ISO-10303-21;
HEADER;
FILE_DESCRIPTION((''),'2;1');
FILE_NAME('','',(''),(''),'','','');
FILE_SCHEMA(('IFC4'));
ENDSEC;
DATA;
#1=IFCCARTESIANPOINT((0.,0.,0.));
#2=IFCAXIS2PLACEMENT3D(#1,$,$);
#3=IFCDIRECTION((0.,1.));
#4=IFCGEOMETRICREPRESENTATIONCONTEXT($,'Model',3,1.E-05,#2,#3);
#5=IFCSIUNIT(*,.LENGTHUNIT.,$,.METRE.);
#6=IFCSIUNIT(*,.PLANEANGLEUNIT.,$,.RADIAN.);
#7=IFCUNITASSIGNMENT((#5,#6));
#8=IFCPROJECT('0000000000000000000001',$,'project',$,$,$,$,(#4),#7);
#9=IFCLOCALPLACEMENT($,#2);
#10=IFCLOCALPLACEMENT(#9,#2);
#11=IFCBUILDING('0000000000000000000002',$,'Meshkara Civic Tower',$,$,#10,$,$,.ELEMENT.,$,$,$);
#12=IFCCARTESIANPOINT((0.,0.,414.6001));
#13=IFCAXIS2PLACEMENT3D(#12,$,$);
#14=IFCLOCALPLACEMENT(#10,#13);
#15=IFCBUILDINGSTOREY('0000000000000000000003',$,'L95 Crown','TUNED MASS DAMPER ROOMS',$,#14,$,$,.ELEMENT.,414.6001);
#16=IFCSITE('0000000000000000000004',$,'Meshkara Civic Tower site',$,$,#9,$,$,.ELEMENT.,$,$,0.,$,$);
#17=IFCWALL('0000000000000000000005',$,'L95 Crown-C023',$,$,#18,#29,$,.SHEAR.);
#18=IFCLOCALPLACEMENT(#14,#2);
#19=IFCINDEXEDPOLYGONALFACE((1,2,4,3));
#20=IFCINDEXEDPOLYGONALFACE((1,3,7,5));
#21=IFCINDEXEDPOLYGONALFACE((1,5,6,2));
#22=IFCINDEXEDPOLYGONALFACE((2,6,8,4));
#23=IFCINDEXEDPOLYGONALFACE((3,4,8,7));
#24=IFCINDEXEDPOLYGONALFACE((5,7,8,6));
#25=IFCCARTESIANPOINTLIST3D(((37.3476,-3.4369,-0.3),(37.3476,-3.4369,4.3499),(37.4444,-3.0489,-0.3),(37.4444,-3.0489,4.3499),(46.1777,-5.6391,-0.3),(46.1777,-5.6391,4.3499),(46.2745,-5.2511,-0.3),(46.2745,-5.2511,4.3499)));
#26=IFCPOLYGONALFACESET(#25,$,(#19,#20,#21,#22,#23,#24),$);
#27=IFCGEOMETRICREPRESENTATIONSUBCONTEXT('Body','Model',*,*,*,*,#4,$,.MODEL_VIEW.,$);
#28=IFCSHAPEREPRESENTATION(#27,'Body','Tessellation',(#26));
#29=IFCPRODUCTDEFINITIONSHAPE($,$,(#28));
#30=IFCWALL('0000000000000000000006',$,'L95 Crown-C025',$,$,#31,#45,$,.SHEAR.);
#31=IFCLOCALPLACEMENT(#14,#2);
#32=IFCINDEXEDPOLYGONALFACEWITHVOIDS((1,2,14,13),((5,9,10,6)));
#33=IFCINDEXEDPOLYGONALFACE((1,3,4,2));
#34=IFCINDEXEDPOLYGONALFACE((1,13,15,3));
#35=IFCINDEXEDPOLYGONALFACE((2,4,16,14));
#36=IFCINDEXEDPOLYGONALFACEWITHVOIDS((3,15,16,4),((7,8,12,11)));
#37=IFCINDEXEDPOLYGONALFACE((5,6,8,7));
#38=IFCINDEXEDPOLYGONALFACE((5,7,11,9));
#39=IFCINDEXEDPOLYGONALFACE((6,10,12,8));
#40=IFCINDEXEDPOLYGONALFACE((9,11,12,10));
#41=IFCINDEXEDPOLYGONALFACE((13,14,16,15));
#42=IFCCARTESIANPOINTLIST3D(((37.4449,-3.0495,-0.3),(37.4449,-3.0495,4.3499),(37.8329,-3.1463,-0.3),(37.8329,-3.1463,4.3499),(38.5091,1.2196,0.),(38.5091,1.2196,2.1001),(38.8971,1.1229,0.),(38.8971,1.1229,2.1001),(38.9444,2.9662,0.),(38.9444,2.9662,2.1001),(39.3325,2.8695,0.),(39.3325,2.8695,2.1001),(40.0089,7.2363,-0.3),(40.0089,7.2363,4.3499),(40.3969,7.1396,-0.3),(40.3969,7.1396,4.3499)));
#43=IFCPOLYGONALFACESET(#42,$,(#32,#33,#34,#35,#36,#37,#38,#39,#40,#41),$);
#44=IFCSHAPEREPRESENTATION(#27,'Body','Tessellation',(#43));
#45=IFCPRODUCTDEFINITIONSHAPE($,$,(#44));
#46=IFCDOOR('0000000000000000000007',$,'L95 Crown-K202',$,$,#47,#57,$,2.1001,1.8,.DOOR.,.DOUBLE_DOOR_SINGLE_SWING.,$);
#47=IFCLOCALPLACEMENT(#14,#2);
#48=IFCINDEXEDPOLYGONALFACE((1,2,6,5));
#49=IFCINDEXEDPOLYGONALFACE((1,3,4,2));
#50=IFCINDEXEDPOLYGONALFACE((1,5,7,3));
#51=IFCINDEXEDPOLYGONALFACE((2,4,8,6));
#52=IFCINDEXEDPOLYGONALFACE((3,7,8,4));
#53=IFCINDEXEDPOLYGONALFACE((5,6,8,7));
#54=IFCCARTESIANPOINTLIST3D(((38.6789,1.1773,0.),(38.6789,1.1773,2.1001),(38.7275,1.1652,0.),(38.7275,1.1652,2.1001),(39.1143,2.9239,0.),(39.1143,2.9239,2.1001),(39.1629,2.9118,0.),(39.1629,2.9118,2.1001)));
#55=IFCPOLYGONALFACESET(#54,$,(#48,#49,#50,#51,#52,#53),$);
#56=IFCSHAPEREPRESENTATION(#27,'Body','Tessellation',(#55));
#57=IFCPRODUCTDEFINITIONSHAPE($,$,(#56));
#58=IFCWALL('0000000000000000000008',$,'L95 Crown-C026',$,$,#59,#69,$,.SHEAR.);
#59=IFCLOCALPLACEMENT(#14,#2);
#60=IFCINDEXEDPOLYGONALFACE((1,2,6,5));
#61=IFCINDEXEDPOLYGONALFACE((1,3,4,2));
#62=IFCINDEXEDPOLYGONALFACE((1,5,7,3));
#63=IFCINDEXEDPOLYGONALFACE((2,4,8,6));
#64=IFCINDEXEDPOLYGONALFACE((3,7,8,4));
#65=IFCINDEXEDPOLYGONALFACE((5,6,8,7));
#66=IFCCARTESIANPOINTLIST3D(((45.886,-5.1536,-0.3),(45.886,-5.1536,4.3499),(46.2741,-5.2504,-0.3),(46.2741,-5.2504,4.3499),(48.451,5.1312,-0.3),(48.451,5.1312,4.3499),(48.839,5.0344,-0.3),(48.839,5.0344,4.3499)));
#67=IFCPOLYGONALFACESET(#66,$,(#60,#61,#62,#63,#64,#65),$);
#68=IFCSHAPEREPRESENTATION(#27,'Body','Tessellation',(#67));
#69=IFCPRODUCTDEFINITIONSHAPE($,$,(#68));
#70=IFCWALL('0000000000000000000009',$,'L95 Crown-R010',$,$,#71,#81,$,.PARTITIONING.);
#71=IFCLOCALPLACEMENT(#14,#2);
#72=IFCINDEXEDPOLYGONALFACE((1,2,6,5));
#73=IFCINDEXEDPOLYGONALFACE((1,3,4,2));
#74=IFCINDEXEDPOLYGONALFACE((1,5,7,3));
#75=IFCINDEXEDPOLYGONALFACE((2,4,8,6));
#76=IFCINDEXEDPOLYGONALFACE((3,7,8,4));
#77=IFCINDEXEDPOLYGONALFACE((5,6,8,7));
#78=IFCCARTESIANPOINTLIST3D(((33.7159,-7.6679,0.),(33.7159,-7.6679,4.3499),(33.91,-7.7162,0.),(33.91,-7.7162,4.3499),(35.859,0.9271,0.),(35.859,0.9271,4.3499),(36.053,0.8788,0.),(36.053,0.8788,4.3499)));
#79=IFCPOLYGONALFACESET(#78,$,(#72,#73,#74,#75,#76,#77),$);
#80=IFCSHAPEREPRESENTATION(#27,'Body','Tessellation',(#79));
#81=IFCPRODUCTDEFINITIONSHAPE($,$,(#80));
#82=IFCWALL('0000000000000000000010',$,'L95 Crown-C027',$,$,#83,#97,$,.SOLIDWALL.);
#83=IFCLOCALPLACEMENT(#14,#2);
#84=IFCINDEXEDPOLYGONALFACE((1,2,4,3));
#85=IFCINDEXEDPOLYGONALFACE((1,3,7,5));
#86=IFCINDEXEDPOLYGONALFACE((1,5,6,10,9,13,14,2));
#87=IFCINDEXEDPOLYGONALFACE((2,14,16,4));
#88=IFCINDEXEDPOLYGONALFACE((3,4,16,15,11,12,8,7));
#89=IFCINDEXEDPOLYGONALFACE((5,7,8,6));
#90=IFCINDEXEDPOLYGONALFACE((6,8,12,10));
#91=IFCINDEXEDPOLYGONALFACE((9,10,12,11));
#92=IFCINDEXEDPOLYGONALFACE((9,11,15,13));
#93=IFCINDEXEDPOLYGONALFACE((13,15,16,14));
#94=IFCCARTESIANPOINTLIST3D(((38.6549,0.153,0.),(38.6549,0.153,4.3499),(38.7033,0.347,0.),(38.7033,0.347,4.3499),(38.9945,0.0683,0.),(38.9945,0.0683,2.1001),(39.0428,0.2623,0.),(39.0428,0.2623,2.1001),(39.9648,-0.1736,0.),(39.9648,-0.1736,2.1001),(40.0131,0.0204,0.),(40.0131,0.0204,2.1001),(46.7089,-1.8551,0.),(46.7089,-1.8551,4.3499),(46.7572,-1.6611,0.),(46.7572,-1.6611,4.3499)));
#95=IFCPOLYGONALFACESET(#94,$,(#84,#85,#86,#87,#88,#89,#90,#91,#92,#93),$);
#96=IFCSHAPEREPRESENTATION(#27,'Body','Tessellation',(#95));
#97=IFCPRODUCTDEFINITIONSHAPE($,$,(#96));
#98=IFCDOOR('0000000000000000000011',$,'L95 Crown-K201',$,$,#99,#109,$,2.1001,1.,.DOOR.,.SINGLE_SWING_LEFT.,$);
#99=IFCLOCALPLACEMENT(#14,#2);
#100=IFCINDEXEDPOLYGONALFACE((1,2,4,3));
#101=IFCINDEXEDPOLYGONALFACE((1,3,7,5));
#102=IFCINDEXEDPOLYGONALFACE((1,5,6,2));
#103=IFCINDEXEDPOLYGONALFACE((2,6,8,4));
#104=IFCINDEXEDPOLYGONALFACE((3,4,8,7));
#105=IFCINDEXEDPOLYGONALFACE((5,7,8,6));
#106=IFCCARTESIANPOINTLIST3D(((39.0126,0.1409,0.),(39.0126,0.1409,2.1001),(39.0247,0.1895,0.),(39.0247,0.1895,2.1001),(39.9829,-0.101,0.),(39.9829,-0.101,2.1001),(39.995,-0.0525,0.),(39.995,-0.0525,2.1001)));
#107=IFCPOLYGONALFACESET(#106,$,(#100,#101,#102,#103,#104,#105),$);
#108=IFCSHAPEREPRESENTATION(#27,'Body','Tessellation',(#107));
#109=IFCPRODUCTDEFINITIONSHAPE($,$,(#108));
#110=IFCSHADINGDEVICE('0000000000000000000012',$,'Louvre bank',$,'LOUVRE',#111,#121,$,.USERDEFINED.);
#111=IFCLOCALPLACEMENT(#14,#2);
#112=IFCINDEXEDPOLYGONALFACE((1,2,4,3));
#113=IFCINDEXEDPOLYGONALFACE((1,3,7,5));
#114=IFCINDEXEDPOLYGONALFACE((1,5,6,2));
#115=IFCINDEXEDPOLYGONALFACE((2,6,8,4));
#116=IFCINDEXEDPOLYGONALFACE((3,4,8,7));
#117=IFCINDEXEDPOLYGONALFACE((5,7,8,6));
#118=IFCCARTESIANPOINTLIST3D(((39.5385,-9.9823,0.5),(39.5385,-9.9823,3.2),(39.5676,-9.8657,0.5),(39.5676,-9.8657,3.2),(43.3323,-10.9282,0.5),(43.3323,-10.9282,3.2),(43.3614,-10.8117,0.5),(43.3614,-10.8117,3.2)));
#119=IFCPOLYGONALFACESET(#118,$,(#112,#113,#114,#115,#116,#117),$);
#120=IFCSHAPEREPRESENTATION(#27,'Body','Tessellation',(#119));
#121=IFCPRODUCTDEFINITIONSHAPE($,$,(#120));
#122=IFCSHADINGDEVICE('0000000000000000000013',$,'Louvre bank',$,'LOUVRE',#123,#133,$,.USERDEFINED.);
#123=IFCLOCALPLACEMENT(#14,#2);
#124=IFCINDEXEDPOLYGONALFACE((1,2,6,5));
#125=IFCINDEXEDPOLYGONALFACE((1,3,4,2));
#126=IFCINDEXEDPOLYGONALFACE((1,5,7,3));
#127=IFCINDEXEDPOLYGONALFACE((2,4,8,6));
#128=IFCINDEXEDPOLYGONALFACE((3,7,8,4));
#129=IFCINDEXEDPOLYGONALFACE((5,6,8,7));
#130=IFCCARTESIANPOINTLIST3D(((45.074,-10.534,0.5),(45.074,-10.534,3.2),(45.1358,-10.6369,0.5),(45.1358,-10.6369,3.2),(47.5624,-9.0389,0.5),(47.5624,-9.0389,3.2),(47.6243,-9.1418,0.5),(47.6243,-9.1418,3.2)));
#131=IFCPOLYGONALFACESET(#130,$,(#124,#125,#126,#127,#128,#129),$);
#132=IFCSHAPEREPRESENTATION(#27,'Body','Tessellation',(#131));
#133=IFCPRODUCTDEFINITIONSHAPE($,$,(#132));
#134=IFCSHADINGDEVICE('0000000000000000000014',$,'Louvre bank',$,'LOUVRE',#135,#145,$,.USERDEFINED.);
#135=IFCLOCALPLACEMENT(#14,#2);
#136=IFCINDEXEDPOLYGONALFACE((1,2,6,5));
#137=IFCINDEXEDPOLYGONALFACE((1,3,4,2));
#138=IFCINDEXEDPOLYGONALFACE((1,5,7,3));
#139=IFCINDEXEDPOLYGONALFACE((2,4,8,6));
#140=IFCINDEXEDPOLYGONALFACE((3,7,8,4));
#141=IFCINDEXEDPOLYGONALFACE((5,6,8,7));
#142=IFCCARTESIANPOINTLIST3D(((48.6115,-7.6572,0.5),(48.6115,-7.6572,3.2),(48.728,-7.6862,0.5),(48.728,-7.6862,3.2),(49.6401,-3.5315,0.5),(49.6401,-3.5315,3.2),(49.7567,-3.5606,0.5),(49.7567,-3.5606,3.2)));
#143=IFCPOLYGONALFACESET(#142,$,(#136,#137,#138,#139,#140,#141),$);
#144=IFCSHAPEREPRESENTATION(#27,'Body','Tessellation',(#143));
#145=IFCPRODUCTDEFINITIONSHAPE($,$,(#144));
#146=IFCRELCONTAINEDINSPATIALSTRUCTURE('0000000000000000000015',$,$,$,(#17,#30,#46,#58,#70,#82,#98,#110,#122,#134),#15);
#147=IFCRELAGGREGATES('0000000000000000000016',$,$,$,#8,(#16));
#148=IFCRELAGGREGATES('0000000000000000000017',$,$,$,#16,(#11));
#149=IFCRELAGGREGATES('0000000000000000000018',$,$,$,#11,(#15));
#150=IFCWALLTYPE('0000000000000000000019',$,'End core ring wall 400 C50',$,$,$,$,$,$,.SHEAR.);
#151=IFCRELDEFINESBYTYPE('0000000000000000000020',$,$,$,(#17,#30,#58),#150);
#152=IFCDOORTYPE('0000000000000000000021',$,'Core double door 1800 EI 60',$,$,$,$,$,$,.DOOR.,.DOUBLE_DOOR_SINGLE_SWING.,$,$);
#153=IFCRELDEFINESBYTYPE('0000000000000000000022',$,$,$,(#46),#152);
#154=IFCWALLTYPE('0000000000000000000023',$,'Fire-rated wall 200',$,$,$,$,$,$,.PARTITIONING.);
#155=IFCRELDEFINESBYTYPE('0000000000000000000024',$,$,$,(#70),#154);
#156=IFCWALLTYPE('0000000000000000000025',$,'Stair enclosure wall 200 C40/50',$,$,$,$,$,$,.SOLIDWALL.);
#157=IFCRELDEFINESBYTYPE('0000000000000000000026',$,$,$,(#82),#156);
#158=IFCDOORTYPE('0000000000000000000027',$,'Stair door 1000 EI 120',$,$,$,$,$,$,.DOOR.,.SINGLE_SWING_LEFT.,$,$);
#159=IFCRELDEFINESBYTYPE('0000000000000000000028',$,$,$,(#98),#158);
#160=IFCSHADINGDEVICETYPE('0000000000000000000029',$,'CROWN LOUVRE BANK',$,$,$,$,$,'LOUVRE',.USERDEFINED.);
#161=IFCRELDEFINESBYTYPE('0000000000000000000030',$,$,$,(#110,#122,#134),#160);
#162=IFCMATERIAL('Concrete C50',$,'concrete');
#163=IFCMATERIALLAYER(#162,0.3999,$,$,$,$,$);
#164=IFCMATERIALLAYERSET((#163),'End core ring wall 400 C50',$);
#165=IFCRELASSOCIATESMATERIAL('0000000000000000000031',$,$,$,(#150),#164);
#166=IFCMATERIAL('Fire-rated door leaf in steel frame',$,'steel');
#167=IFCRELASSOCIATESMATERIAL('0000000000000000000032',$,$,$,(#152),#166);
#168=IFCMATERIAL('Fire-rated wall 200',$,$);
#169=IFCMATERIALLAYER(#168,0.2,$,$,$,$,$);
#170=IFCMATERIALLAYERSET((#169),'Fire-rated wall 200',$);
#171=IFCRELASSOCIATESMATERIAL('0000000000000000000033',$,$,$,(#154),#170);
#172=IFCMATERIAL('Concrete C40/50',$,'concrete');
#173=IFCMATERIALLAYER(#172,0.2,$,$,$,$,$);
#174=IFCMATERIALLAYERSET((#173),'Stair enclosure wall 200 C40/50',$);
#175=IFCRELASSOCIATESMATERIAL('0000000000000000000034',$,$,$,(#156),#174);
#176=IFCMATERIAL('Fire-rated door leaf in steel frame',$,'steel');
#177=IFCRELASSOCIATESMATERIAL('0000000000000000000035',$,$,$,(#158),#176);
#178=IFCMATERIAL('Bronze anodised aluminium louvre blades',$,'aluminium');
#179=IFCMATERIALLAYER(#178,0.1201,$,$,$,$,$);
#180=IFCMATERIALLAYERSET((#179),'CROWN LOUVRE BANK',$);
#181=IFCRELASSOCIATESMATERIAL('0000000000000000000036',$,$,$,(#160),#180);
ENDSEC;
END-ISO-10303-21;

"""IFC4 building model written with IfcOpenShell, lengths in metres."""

from ifc_helpers import new_model, si_unit, direction, frame, frame_2d, origin, origin_2d, place, context, subcontext, project, spatial, rectangle, extrude, material, layer, layer_set, type_object, element, fill, save


model = new_model("IFC4")

# Units and contexts
model_context = context("Model", 3, precision=1e-05, world=origin(), true_north=direction((0.0, 1.0)))
body_context = subcontext(model_context, "Body", "Model", "MODEL_VIEW")
ifc_project = project(units=[si_unit("LENGTHUNIT", "METRE"), si_unit("PLANEANGLEUNIT", "RADIAN")], contexts=[model_context])

# Site, building, storey
site_placement = place(None, origin())
site = spatial("IfcSite", under=ifc_project, at=site_placement, Name="Meshkara Civic Tower site", CompositionType="ELEMENT", RefElevation=0.0)
building_placement = place(site_placement, origin())
building = spatial("IfcBuilding", under=site, at=building_placement, Name="Meshkara Civic Tower", CompositionType="ELEMENT")
storey_placement = place(building_placement, frame((0.0, 0.0, 414.6001)))
storey = spatial("IfcBuildingStorey", under=building, at=storey_placement, Name="L95 Crown", Description="TUNED MASS DAMPER ROOMS", CompositionType="ELEMENT", Elevation=414.6001)

# Wall
ifc_material_1 = material(Name="Concrete C50", Category="concrete")
ifc_layer_1 = layer(ifc_material_1, 0.3999)
ifc_layer_set_1 = layer_set([ifc_layer_1], Name="End core ring wall 400 C50")
wall_type_1 = type_object("IfcWallType", Name="End core ring wall 400 C50", PredefinedType="SHEAR", material=ifc_layer_set_1)
wall_1_placement = place(storey_placement, frame((37.396, -3.2429, -0.3), z_axis=(0.0, 0.0, 1.0), x_axis=(0.970281, -0.24198, 0.0)))
element("IfcWall", 1, at=wall_1_placement, inside=storey, type_object=wall_type_1, Name="L95 Crown-C023", PredefinedType="SHEAR", context=body_context, shape_type="SweptSolid", body=[
    extrude(rectangle(XDim=9.1006, YDim=0.3999, at=frame_2d((4.5503, 0.0))), origin(), (0.0, 0.0, 1.0), 4.6499),
])

# Wall, opening, door
wall_2_placement = place(storey_placement, frame((37.6389, -3.0979, -0.3), z_axis=(0.0, 0.0, 1.0), x_axis=(0.241869, 0.970309, 0.0)))
wall_2 = element("IfcWall", 2, at=wall_2_placement, inside=storey, type_object=wall_type_1, Name="L95 Crown-C025", PredefinedType="SHEAR", context=body_context, shape_type="SweptSolid", body=[
    extrude(rectangle(XDim=10.6006, YDim=0.3999, at=frame_2d((5.3003, 0.0))), origin(), (0.0, 0.0, 1.0), 4.6499),
])
opening_1_placement = place(wall_2_placement, frame((4.3999, 0.0, 0.3)))
opening_1 = element("IfcOpeningElement", 3, at=opening_1_placement, cuts=wall_2, PredefinedType="OPENING", context=body_context, shape_type="SweptSolid", body=[
    extrude(rectangle(XDim=1.8, YDim=2.1001, at=frame_2d((0.8999, 1.05))), frame((0.0, 0.21, 0.0), z_axis=(0.0, -1.0, 0.0), x_axis=(1.0, 0.0, 0.0)), (0.0, 0.0, 1.0), 0.4199),
])
ifc_material_2 = material(Name="Fire-rated door leaf in steel frame", Category="steel")
door_type_1 = type_object("IfcDoorType", Name="Core double door 1800 EI 60", OperationType="DOUBLE_DOOR_SINGLE_SWING", PredefinedType="DOOR", material=ifc_material_2)
door_1_placement = place(opening_1_placement, origin())
door_1 = element("IfcDoor", 4, at=door_1_placement, inside=storey, type_object=door_type_1, Name="L95 Crown-K202", OperationType="DOUBLE_DOOR_SINGLE_SWING", OverallHeight=2.1001, OverallWidth=1.8, PredefinedType="DOOR", context=body_context, shape_type="SweptSolid", body=[
    extrude(rectangle(XDim=1.8, YDim=2.1001, at=frame_2d((0.8999, 1.05))), frame((0.0, 0.0249, 0.0), z_axis=(0.0, -1.0, 0.0), x_axis=(1.0, 0.0, 0.0)), (0.0, 0.0, 1.0), 0.05),
])
fill(opening_1, door_1)

# Walls
wall_3_placement = place(storey_placement, frame((46.0801, -5.2019, -0.3), z_axis=(0.0, 0.0, 1.0), x_axis=(0.241977, 0.970282, 0.0)))
element("IfcWall", 5, at=wall_3_placement, inside=storey, type_object=wall_type_1, Name="L95 Crown-C026", PredefinedType="SHEAR", context=body_context, shape_type="SweptSolid", body=[
    extrude(rectangle(XDim=10.5999, YDim=0.3999, at=frame_2d((5.2998, 0.0))), origin(), (0.0, 0.0, 1.0), 4.6499),
])
ifc_material_3 = material(Name="Fire-rated wall 200")
ifc_layer_2 = layer(ifc_material_3, 0.2)
ifc_layer_set_2 = layer_set([ifc_layer_2], Name="Fire-rated wall 200")
wall_type_2 = type_object("IfcWallType", Name="Fire-rated wall 200", PredefinedType="PARTITIONING", material=ifc_layer_set_2)
wall_4_placement = place(storey_placement, frame((35.9561, 0.9031, 0.0), z_axis=(0.0, 0.0, 1.0), x_axis=(-0.241932, -0.970293, 0.0)))
element("IfcWall", 6, at=wall_4_placement, inside=storey, type_object=wall_type_2, Name="L95 Crown-R010", PredefinedType="PARTITIONING", context=body_context, shape_type="SweptSolid", body=[
    extrude(rectangle(XDim=8.8582, YDim=0.2, at=frame_2d((4.4292, 0.0))), origin(), (0.0, 0.0, 1.0), 4.3499),
])

# Wall, opening, door
ifc_material_4 = material(Name="Concrete C40/50", Category="concrete")
ifc_layer_3 = layer(ifc_material_4, 0.2)
ifc_layer_set_3 = layer_set([ifc_layer_3], Name="Stair enclosure wall 200 C40/50")
wall_type_3 = type_object("IfcWallType", Name="Stair enclosure wall 200 C40/50", PredefinedType="SOLIDWALL", material=ifc_layer_set_3)
wall_5_placement = place(storey_placement, frame((38.679, 0.25, 0.0), z_axis=(0.0, 0.0, 1.0), x_axis=(0.970296, -0.24192, 0.0)))
wall_5 = element("IfcWall", 7, at=wall_5_placement, inside=storey, type_object=wall_type_3, Name="L95 Crown-C027", PredefinedType="SOLIDWALL", context=body_context, shape_type="SweptSolid", body=[
    extrude(rectangle(XDim=8.3005, YDim=0.2, at=frame_2d((4.1504, 0.0))), origin(), (0.0, 0.0, 1.0), 4.3499),
])
opening_2_placement = place(wall_5_placement, frame((0.3501, 0.0, 0.0)))
opening_2 = element("IfcOpeningElement", 8, at=opening_2_placement, cuts=wall_5, PredefinedType="OPENING", context=body_context, shape_type="SweptSolid", body=[
    extrude(rectangle(XDim=1.0, YDim=2.1001, at=frame_2d((0.5, 1.05))), frame((0.0, 0.1099, 0.0), z_axis=(0.0, -1.0, 0.0), x_axis=(1.0, 0.0, 0.0)), (0.0, 0.0, 1.0), 0.22),
])
ifc_material_5 = material(Name="Fire-rated door leaf in steel frame", Category="steel")
door_type_2 = type_object("IfcDoorType", Name="Stair door 1000 EI 120", OperationType="SINGLE_SWING_LEFT", PredefinedType="DOOR", material=ifc_material_5)
door_2_placement = place(opening_2_placement, origin())
door_2 = element("IfcDoor", 9, at=door_2_placement, inside=storey, type_object=door_type_2, Name="L95 Crown-K201", OperationType="SINGLE_SWING_LEFT", OverallHeight=2.1001, OverallWidth=1.0, PredefinedType="DOOR", context=body_context, shape_type="SweptSolid", body=[
    extrude(rectangle(XDim=1.0, YDim=2.1001, at=frame_2d((0.5, 1.05))), frame((0.0, 0.0249, 0.0), z_axis=(0.0, -1.0, 0.0), x_axis=(1.0, 0.0, 0.0)), (0.0, 0.0, 1.0), 0.05),
])
fill(opening_2, door_2)

# Shading devices
ifc_material_6 = material(Name="Bronze anodised aluminium louvre blades", Category="aluminium")
ifc_layer_4 = layer(ifc_material_6, 0.1201)
ifc_layer_set_4 = layer_set([ifc_layer_4], Name="CROWN LOUVRE BANK")
shading_device_type = type_object("IfcShadingDeviceType", Name="CROWN LOUVRE BANK", ElementType="LOUVRE", PredefinedType="USERDEFINED", material=ifc_layer_set_4)
shading_device_1_placement = place(storey_placement, frame((41.45, -10.397, 0.5), z_axis=(0.0, 0.0, 1.0), x_axis=(0.970292, -0.241939, 0.0)))
element("IfcShadingDevice", 10, at=shading_device_1_placement, inside=storey, type_object=shading_device_type, Name="Louvre bank", ObjectType="LOUVRE", PredefinedType="USERDEFINED", context=body_context, shape_type="SweptSolid", body=[
    extrude(rectangle(XDim=3.9099, YDim=0.1201, at=origin_2d()), origin(), (0.0, 0.0, 1.0), 2.7),
])
shading_device_2_placement = place(storey_placement, frame((46.3491, -9.8379, 0.5), z_axis=(0.0, 0.0, 1.0), x_axis=(0.857185, 0.515008, 0.0)))
element("IfcShadingDevice", 11, at=shading_device_2_placement, inside=storey, type_object=shading_device_type, Name="Louvre bank", ObjectType="LOUVRE", PredefinedType="USERDEFINED", context=body_context, shape_type="SweptSolid", body=[
    extrude(rectangle(XDim=2.9031, YDim=0.1201, at=origin_2d()), origin(), (0.0, 0.0, 1.0), 2.7),
])
shading_device_3_placement = place(storey_placement, frame((49.1841, -5.6089, 0.5), z_axis=(0.0, 0.0, 1.0), x_axis=(0.241922, 0.970296, 0.0)))
element("IfcShadingDevice", 12, at=shading_device_3_placement, inside=storey, type_object=shading_device_type, Name="Louvre bank", ObjectType="LOUVRE", PredefinedType="USERDEFINED", context=body_context, shape_type="SweptSolid", body=[
    extrude(rectangle(XDim=4.252, YDim=0.1201, at=origin_2d()), origin(), (0.0, 0.0, 1.0), 2.7),
])

save(model, "model.ifc")
